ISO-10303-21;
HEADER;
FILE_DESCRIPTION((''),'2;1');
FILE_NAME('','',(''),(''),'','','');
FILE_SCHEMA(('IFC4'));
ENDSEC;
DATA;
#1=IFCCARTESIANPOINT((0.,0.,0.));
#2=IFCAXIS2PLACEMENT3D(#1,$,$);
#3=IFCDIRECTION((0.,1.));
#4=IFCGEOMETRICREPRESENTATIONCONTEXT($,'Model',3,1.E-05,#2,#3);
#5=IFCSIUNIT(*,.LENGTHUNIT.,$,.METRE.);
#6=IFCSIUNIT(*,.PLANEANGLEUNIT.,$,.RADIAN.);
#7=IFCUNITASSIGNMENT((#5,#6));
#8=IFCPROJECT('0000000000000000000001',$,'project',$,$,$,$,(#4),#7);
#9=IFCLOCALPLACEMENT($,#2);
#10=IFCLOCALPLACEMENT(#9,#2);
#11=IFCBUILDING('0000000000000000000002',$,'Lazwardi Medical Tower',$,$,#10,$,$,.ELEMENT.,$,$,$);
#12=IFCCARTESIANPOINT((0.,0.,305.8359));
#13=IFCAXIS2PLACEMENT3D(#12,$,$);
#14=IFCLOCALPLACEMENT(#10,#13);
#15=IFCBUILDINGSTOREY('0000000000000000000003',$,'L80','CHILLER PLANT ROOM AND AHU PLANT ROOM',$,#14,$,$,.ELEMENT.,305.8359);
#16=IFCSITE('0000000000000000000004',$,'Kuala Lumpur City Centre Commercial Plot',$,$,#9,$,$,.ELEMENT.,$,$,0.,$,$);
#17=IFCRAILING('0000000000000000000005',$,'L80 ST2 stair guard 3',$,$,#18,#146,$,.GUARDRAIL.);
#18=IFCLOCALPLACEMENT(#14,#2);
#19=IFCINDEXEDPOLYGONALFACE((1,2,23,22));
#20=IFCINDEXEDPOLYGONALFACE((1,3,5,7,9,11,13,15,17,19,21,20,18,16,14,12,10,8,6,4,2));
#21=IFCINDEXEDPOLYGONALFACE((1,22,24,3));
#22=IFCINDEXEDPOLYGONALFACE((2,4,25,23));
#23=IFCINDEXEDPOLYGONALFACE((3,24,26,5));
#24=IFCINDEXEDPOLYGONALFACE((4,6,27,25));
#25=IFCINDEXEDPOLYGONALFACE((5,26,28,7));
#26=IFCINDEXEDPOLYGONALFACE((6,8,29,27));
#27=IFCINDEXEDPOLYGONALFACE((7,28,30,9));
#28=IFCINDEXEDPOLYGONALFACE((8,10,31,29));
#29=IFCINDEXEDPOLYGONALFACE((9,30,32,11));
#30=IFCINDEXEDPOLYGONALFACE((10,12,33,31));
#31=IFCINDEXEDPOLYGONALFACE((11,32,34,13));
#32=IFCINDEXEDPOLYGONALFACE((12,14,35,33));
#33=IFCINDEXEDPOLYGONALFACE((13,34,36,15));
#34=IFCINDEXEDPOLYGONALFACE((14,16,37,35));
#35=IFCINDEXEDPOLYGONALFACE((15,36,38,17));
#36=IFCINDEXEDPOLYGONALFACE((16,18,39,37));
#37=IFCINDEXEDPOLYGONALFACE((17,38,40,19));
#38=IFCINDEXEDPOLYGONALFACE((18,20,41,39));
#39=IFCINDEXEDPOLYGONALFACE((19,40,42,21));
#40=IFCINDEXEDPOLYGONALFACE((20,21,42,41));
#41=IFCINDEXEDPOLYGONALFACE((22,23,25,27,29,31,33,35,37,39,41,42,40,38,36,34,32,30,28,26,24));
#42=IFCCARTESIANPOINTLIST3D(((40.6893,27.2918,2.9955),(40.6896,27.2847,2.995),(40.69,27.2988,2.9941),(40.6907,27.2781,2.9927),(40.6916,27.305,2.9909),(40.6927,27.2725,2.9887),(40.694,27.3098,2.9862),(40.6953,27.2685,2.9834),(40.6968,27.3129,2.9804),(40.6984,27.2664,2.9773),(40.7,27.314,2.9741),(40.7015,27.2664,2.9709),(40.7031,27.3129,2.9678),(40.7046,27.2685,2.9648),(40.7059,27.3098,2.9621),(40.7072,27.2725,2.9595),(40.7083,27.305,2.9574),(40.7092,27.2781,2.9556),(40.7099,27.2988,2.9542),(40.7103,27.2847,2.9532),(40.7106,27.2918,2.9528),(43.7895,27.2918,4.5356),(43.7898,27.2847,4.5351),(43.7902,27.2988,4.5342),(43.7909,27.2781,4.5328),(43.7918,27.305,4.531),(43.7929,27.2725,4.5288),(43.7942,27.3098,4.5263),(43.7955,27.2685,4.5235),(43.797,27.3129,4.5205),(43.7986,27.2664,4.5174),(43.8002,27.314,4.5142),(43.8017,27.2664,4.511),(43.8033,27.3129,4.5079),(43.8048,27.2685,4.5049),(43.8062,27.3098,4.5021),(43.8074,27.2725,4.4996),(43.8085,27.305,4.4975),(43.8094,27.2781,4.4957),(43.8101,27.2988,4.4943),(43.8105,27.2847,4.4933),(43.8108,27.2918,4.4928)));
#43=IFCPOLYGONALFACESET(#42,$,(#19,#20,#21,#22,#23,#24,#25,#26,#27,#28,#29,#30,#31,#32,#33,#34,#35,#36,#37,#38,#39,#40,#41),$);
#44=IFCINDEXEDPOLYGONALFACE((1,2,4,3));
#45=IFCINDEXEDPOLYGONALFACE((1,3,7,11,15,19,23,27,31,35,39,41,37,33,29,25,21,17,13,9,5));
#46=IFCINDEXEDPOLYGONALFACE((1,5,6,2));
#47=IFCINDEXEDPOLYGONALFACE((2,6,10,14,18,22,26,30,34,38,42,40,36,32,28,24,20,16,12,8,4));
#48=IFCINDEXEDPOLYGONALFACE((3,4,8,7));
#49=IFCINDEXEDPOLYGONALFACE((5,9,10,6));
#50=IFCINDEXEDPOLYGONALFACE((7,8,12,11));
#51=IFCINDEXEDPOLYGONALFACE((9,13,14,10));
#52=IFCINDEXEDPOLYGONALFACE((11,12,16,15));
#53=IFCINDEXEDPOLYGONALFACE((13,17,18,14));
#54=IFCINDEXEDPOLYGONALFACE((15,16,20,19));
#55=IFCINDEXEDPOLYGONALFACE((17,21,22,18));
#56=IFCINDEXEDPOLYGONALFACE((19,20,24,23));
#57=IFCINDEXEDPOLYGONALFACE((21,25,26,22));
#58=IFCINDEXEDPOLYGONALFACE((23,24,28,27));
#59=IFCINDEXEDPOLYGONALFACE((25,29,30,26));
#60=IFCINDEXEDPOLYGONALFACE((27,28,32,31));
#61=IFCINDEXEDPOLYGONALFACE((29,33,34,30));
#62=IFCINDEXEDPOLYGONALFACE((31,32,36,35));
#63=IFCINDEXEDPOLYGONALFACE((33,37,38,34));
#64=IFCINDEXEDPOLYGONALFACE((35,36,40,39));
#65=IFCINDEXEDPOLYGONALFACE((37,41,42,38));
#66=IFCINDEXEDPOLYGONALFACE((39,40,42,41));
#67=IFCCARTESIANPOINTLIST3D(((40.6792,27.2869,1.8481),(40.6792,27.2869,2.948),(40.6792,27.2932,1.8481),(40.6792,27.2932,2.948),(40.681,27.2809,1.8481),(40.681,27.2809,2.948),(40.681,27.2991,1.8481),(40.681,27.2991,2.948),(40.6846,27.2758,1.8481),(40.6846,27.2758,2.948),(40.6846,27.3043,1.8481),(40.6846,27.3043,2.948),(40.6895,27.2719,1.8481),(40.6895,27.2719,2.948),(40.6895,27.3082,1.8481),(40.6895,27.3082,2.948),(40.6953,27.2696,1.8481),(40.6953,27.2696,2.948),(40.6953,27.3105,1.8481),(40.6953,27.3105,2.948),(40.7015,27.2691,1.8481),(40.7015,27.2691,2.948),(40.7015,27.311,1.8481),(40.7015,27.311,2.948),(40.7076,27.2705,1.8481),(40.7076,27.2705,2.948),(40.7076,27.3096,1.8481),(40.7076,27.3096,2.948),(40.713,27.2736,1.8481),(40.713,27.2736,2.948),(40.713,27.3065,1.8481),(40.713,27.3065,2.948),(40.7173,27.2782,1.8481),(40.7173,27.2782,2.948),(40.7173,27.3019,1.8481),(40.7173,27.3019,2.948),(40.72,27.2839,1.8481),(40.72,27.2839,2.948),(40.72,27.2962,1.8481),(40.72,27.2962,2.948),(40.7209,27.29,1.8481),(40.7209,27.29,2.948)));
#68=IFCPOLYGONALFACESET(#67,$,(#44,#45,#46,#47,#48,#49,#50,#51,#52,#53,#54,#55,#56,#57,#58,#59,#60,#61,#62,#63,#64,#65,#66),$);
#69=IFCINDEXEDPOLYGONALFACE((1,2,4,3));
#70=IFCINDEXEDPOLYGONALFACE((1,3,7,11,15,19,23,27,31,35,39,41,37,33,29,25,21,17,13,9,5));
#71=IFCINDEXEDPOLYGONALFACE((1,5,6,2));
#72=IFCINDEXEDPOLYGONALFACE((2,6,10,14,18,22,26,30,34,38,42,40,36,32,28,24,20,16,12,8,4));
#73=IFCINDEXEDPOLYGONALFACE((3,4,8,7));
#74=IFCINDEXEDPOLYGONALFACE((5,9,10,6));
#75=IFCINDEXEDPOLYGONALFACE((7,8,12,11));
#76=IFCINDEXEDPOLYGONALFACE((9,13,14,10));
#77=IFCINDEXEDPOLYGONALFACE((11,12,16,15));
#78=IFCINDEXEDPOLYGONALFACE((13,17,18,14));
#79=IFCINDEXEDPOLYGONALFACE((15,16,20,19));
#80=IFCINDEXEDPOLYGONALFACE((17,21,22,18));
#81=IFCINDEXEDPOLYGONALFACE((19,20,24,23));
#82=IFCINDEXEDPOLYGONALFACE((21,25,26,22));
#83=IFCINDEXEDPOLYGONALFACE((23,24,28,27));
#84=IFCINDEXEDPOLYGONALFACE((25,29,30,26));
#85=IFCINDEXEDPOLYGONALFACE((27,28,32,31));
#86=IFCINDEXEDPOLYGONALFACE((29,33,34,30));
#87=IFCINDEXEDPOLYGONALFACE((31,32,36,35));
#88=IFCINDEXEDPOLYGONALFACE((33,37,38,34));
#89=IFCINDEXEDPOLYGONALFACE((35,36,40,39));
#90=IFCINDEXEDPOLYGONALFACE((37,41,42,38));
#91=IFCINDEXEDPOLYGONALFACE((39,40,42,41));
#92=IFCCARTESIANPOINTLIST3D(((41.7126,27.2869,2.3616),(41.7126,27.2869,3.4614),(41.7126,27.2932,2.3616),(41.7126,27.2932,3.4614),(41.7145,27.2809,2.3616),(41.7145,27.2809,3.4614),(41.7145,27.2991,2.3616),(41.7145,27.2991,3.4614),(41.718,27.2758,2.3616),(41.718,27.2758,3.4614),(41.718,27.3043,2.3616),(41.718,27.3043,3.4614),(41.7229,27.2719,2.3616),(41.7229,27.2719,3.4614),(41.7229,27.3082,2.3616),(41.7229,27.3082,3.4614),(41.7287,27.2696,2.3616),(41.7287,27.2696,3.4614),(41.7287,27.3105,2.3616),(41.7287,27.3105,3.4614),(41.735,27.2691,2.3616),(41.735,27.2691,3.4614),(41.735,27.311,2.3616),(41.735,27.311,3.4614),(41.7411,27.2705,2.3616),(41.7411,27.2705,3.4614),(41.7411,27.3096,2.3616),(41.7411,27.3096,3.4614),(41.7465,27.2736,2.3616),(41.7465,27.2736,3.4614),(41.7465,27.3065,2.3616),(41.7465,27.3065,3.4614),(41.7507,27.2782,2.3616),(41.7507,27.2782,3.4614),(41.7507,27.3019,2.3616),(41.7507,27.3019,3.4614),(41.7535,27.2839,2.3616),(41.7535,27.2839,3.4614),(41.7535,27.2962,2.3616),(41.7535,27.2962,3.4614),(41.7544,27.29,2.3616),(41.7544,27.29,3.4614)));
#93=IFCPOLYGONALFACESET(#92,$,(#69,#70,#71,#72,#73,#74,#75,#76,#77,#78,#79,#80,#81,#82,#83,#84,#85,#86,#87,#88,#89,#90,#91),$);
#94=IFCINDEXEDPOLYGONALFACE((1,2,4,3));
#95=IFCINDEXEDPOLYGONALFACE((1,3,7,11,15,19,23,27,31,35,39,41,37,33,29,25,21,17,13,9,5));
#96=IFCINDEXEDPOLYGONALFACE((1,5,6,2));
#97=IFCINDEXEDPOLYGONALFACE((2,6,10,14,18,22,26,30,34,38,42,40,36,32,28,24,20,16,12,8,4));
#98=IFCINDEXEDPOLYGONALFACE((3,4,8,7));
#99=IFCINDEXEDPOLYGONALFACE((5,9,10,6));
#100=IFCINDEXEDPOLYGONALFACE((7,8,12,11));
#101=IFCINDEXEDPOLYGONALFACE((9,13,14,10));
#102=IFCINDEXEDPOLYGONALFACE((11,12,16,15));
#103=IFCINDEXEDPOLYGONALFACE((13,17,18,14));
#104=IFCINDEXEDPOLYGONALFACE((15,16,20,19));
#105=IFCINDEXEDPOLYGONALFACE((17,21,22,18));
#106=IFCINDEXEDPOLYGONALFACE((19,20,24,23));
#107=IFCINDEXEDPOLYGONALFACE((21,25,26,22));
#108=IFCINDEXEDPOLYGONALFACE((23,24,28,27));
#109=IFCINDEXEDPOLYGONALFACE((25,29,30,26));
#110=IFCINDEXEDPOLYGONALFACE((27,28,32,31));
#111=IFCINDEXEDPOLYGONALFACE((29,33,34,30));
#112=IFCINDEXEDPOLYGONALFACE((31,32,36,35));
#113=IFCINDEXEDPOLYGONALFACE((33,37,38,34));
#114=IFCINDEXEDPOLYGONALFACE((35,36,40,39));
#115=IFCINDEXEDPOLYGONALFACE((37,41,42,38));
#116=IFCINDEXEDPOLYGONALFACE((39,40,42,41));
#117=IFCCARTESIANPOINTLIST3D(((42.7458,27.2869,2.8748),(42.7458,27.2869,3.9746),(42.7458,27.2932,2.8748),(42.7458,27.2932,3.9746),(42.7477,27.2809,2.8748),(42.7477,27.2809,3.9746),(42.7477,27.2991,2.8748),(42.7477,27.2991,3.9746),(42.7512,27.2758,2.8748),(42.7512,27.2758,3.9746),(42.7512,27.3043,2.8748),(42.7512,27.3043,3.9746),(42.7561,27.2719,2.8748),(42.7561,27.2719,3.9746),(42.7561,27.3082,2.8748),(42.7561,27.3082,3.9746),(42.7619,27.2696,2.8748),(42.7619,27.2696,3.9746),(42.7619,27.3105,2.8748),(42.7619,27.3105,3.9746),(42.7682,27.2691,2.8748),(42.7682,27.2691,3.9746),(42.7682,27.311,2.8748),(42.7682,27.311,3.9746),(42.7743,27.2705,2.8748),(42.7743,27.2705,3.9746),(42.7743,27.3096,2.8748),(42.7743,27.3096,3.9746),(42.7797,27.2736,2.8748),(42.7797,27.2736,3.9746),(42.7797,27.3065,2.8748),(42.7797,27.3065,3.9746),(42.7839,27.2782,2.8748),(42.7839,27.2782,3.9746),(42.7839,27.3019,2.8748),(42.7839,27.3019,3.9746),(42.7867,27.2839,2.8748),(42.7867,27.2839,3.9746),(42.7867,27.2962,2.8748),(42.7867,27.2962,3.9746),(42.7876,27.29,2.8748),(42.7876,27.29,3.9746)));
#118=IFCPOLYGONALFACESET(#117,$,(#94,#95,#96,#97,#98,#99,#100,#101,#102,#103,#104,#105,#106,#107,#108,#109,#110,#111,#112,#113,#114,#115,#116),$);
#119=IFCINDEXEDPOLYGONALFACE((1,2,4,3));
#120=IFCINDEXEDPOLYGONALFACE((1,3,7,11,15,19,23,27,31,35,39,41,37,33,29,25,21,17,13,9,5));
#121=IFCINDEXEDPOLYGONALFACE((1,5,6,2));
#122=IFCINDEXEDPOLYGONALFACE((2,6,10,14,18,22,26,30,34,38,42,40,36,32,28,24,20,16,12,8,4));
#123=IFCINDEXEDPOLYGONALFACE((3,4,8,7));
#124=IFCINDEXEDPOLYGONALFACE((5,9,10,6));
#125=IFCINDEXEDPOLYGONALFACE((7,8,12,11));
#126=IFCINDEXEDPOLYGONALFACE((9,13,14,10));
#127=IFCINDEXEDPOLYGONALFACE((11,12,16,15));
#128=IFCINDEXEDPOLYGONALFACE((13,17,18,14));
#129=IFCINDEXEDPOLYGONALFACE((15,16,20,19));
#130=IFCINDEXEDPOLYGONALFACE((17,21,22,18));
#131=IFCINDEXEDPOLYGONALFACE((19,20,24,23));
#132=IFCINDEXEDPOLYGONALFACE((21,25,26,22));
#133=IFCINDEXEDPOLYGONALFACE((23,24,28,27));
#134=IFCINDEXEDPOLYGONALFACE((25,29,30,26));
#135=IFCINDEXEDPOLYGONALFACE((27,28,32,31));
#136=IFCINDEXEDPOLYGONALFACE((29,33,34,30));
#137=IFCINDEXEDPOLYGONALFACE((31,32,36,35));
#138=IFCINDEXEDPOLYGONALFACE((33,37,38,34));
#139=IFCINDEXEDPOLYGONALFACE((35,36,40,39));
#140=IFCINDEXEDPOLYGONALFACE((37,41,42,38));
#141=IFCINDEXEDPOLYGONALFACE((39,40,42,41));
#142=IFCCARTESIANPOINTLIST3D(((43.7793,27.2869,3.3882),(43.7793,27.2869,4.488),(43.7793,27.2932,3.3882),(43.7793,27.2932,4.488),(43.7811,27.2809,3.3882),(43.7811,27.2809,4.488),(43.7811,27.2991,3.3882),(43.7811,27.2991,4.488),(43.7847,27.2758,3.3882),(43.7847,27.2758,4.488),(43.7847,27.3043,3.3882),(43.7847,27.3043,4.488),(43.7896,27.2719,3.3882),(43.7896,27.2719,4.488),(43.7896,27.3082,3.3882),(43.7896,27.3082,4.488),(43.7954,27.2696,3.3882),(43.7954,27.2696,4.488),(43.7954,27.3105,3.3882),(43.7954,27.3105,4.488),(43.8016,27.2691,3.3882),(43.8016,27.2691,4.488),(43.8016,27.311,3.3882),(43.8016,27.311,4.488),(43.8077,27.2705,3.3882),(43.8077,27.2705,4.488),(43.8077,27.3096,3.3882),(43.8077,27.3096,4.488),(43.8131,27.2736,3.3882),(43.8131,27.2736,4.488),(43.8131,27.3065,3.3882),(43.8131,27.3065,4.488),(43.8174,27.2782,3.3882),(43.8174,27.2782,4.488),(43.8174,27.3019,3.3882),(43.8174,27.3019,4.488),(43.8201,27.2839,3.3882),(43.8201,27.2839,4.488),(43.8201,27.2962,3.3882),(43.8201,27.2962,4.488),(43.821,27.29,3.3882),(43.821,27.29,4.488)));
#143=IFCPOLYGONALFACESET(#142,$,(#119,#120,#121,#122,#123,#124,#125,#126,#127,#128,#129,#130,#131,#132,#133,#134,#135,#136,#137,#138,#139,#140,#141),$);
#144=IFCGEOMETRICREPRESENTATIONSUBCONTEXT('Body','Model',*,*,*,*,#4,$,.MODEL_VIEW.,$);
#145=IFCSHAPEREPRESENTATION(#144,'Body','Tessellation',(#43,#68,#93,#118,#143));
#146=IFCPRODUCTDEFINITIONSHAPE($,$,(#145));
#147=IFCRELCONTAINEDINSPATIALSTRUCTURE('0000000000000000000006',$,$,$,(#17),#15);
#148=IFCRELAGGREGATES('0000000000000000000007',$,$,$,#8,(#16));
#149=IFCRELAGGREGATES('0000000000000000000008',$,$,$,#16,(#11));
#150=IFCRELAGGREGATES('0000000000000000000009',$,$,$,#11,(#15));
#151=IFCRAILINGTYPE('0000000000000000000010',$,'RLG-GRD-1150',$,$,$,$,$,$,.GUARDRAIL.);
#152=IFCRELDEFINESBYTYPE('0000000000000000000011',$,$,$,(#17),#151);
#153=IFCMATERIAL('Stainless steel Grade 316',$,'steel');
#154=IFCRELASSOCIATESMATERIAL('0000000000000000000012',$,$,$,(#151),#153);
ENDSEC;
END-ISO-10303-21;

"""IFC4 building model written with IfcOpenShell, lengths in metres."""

from ifc_helpers import new_model, si_unit, direction, frame, origin, origin_2d, place, context, subcontext, project, spatial, circle, extrude, material, type_object, element, save


model = new_model("IFC4")

# Units and contexts
model_context = context("Model", 3, precision=1e-05, world=origin(), true_north=direction((0.0, 1.0)))
body_context = subcontext(model_context, "Body", "Model", "MODEL_VIEW")
ifc_project = project(units=[si_unit("LENGTHUNIT", "METRE"), si_unit("PLANEANGLEUNIT", "RADIAN")], contexts=[model_context])

# Site, building, storey
site_placement = place(None, origin())
site = spatial("IfcSite", under=ifc_project, at=site_placement, Name="Kuala Lumpur City Centre Commercial Plot", CompositionType="ELEMENT", RefElevation=0.0)
building_placement = place(site_placement, origin())
building = spatial("IfcBuilding", under=site, at=building_placement, Name="Lazwardi Medical Tower", CompositionType="ELEMENT")
storey_placement = place(building_placement, frame((0.0, 0.0, 305.8359)))
storey = spatial("IfcBuildingStorey", under=building, at=storey_placement, Name="L80", Description="CHILLER PLANT ROOM AND AHU PLANT ROOM", CompositionType="ELEMENT", Elevation=305.8359)

# Railing
ifc_material_1 = material(Name="Stainless steel Grade 316", Category="steel")
railing_type_1 = type_object("IfcRailingType", Name="RLG-GRD-1150", PredefinedType="GUARDRAIL", material=ifc_material_1)
railing_1_placement = place(storey_placement, frame((40.7, 27.29, 1.8481)))
element("IfcRailing", 1, at=railing_1_placement, inside=storey, type_object=railing_type_1, Name="L80 ST2 stair guard 3", PredefinedType="GUARDRAIL", context=body_context, shape_type="SweptSolid", body=[
    extrude(circle(Radius=0.0239, at=origin_2d()), frame((0.0, 0.0, 1.126), z_axis=(0.895581, 0.0, 0.444899), x_axis=(0.0, 1.0, 0.0)), (0.0, 0.0, 1.0), 3.4617),
    extrude(circle(Radius=0.021, at=origin_2d()), origin(), (0.0, 0.0, 1.0), 1.0999),
    extrude(circle(Radius=0.021, at=origin_2d()), frame((1.0334, 0.0, 0.5134)), (0.0, 0.0, 1.0), 1.0999),
    extrude(circle(Radius=0.021, at=origin_2d()), frame((2.0667, 0.0, 1.0266)), (0.0, 0.0, 1.0), 1.0999),
    extrude(circle(Radius=0.021, at=origin_2d()), frame((3.1001, 0.0, 1.54)), (0.0, 0.0, 1.0), 1.0999),
])

save(model, "model.ifc")
